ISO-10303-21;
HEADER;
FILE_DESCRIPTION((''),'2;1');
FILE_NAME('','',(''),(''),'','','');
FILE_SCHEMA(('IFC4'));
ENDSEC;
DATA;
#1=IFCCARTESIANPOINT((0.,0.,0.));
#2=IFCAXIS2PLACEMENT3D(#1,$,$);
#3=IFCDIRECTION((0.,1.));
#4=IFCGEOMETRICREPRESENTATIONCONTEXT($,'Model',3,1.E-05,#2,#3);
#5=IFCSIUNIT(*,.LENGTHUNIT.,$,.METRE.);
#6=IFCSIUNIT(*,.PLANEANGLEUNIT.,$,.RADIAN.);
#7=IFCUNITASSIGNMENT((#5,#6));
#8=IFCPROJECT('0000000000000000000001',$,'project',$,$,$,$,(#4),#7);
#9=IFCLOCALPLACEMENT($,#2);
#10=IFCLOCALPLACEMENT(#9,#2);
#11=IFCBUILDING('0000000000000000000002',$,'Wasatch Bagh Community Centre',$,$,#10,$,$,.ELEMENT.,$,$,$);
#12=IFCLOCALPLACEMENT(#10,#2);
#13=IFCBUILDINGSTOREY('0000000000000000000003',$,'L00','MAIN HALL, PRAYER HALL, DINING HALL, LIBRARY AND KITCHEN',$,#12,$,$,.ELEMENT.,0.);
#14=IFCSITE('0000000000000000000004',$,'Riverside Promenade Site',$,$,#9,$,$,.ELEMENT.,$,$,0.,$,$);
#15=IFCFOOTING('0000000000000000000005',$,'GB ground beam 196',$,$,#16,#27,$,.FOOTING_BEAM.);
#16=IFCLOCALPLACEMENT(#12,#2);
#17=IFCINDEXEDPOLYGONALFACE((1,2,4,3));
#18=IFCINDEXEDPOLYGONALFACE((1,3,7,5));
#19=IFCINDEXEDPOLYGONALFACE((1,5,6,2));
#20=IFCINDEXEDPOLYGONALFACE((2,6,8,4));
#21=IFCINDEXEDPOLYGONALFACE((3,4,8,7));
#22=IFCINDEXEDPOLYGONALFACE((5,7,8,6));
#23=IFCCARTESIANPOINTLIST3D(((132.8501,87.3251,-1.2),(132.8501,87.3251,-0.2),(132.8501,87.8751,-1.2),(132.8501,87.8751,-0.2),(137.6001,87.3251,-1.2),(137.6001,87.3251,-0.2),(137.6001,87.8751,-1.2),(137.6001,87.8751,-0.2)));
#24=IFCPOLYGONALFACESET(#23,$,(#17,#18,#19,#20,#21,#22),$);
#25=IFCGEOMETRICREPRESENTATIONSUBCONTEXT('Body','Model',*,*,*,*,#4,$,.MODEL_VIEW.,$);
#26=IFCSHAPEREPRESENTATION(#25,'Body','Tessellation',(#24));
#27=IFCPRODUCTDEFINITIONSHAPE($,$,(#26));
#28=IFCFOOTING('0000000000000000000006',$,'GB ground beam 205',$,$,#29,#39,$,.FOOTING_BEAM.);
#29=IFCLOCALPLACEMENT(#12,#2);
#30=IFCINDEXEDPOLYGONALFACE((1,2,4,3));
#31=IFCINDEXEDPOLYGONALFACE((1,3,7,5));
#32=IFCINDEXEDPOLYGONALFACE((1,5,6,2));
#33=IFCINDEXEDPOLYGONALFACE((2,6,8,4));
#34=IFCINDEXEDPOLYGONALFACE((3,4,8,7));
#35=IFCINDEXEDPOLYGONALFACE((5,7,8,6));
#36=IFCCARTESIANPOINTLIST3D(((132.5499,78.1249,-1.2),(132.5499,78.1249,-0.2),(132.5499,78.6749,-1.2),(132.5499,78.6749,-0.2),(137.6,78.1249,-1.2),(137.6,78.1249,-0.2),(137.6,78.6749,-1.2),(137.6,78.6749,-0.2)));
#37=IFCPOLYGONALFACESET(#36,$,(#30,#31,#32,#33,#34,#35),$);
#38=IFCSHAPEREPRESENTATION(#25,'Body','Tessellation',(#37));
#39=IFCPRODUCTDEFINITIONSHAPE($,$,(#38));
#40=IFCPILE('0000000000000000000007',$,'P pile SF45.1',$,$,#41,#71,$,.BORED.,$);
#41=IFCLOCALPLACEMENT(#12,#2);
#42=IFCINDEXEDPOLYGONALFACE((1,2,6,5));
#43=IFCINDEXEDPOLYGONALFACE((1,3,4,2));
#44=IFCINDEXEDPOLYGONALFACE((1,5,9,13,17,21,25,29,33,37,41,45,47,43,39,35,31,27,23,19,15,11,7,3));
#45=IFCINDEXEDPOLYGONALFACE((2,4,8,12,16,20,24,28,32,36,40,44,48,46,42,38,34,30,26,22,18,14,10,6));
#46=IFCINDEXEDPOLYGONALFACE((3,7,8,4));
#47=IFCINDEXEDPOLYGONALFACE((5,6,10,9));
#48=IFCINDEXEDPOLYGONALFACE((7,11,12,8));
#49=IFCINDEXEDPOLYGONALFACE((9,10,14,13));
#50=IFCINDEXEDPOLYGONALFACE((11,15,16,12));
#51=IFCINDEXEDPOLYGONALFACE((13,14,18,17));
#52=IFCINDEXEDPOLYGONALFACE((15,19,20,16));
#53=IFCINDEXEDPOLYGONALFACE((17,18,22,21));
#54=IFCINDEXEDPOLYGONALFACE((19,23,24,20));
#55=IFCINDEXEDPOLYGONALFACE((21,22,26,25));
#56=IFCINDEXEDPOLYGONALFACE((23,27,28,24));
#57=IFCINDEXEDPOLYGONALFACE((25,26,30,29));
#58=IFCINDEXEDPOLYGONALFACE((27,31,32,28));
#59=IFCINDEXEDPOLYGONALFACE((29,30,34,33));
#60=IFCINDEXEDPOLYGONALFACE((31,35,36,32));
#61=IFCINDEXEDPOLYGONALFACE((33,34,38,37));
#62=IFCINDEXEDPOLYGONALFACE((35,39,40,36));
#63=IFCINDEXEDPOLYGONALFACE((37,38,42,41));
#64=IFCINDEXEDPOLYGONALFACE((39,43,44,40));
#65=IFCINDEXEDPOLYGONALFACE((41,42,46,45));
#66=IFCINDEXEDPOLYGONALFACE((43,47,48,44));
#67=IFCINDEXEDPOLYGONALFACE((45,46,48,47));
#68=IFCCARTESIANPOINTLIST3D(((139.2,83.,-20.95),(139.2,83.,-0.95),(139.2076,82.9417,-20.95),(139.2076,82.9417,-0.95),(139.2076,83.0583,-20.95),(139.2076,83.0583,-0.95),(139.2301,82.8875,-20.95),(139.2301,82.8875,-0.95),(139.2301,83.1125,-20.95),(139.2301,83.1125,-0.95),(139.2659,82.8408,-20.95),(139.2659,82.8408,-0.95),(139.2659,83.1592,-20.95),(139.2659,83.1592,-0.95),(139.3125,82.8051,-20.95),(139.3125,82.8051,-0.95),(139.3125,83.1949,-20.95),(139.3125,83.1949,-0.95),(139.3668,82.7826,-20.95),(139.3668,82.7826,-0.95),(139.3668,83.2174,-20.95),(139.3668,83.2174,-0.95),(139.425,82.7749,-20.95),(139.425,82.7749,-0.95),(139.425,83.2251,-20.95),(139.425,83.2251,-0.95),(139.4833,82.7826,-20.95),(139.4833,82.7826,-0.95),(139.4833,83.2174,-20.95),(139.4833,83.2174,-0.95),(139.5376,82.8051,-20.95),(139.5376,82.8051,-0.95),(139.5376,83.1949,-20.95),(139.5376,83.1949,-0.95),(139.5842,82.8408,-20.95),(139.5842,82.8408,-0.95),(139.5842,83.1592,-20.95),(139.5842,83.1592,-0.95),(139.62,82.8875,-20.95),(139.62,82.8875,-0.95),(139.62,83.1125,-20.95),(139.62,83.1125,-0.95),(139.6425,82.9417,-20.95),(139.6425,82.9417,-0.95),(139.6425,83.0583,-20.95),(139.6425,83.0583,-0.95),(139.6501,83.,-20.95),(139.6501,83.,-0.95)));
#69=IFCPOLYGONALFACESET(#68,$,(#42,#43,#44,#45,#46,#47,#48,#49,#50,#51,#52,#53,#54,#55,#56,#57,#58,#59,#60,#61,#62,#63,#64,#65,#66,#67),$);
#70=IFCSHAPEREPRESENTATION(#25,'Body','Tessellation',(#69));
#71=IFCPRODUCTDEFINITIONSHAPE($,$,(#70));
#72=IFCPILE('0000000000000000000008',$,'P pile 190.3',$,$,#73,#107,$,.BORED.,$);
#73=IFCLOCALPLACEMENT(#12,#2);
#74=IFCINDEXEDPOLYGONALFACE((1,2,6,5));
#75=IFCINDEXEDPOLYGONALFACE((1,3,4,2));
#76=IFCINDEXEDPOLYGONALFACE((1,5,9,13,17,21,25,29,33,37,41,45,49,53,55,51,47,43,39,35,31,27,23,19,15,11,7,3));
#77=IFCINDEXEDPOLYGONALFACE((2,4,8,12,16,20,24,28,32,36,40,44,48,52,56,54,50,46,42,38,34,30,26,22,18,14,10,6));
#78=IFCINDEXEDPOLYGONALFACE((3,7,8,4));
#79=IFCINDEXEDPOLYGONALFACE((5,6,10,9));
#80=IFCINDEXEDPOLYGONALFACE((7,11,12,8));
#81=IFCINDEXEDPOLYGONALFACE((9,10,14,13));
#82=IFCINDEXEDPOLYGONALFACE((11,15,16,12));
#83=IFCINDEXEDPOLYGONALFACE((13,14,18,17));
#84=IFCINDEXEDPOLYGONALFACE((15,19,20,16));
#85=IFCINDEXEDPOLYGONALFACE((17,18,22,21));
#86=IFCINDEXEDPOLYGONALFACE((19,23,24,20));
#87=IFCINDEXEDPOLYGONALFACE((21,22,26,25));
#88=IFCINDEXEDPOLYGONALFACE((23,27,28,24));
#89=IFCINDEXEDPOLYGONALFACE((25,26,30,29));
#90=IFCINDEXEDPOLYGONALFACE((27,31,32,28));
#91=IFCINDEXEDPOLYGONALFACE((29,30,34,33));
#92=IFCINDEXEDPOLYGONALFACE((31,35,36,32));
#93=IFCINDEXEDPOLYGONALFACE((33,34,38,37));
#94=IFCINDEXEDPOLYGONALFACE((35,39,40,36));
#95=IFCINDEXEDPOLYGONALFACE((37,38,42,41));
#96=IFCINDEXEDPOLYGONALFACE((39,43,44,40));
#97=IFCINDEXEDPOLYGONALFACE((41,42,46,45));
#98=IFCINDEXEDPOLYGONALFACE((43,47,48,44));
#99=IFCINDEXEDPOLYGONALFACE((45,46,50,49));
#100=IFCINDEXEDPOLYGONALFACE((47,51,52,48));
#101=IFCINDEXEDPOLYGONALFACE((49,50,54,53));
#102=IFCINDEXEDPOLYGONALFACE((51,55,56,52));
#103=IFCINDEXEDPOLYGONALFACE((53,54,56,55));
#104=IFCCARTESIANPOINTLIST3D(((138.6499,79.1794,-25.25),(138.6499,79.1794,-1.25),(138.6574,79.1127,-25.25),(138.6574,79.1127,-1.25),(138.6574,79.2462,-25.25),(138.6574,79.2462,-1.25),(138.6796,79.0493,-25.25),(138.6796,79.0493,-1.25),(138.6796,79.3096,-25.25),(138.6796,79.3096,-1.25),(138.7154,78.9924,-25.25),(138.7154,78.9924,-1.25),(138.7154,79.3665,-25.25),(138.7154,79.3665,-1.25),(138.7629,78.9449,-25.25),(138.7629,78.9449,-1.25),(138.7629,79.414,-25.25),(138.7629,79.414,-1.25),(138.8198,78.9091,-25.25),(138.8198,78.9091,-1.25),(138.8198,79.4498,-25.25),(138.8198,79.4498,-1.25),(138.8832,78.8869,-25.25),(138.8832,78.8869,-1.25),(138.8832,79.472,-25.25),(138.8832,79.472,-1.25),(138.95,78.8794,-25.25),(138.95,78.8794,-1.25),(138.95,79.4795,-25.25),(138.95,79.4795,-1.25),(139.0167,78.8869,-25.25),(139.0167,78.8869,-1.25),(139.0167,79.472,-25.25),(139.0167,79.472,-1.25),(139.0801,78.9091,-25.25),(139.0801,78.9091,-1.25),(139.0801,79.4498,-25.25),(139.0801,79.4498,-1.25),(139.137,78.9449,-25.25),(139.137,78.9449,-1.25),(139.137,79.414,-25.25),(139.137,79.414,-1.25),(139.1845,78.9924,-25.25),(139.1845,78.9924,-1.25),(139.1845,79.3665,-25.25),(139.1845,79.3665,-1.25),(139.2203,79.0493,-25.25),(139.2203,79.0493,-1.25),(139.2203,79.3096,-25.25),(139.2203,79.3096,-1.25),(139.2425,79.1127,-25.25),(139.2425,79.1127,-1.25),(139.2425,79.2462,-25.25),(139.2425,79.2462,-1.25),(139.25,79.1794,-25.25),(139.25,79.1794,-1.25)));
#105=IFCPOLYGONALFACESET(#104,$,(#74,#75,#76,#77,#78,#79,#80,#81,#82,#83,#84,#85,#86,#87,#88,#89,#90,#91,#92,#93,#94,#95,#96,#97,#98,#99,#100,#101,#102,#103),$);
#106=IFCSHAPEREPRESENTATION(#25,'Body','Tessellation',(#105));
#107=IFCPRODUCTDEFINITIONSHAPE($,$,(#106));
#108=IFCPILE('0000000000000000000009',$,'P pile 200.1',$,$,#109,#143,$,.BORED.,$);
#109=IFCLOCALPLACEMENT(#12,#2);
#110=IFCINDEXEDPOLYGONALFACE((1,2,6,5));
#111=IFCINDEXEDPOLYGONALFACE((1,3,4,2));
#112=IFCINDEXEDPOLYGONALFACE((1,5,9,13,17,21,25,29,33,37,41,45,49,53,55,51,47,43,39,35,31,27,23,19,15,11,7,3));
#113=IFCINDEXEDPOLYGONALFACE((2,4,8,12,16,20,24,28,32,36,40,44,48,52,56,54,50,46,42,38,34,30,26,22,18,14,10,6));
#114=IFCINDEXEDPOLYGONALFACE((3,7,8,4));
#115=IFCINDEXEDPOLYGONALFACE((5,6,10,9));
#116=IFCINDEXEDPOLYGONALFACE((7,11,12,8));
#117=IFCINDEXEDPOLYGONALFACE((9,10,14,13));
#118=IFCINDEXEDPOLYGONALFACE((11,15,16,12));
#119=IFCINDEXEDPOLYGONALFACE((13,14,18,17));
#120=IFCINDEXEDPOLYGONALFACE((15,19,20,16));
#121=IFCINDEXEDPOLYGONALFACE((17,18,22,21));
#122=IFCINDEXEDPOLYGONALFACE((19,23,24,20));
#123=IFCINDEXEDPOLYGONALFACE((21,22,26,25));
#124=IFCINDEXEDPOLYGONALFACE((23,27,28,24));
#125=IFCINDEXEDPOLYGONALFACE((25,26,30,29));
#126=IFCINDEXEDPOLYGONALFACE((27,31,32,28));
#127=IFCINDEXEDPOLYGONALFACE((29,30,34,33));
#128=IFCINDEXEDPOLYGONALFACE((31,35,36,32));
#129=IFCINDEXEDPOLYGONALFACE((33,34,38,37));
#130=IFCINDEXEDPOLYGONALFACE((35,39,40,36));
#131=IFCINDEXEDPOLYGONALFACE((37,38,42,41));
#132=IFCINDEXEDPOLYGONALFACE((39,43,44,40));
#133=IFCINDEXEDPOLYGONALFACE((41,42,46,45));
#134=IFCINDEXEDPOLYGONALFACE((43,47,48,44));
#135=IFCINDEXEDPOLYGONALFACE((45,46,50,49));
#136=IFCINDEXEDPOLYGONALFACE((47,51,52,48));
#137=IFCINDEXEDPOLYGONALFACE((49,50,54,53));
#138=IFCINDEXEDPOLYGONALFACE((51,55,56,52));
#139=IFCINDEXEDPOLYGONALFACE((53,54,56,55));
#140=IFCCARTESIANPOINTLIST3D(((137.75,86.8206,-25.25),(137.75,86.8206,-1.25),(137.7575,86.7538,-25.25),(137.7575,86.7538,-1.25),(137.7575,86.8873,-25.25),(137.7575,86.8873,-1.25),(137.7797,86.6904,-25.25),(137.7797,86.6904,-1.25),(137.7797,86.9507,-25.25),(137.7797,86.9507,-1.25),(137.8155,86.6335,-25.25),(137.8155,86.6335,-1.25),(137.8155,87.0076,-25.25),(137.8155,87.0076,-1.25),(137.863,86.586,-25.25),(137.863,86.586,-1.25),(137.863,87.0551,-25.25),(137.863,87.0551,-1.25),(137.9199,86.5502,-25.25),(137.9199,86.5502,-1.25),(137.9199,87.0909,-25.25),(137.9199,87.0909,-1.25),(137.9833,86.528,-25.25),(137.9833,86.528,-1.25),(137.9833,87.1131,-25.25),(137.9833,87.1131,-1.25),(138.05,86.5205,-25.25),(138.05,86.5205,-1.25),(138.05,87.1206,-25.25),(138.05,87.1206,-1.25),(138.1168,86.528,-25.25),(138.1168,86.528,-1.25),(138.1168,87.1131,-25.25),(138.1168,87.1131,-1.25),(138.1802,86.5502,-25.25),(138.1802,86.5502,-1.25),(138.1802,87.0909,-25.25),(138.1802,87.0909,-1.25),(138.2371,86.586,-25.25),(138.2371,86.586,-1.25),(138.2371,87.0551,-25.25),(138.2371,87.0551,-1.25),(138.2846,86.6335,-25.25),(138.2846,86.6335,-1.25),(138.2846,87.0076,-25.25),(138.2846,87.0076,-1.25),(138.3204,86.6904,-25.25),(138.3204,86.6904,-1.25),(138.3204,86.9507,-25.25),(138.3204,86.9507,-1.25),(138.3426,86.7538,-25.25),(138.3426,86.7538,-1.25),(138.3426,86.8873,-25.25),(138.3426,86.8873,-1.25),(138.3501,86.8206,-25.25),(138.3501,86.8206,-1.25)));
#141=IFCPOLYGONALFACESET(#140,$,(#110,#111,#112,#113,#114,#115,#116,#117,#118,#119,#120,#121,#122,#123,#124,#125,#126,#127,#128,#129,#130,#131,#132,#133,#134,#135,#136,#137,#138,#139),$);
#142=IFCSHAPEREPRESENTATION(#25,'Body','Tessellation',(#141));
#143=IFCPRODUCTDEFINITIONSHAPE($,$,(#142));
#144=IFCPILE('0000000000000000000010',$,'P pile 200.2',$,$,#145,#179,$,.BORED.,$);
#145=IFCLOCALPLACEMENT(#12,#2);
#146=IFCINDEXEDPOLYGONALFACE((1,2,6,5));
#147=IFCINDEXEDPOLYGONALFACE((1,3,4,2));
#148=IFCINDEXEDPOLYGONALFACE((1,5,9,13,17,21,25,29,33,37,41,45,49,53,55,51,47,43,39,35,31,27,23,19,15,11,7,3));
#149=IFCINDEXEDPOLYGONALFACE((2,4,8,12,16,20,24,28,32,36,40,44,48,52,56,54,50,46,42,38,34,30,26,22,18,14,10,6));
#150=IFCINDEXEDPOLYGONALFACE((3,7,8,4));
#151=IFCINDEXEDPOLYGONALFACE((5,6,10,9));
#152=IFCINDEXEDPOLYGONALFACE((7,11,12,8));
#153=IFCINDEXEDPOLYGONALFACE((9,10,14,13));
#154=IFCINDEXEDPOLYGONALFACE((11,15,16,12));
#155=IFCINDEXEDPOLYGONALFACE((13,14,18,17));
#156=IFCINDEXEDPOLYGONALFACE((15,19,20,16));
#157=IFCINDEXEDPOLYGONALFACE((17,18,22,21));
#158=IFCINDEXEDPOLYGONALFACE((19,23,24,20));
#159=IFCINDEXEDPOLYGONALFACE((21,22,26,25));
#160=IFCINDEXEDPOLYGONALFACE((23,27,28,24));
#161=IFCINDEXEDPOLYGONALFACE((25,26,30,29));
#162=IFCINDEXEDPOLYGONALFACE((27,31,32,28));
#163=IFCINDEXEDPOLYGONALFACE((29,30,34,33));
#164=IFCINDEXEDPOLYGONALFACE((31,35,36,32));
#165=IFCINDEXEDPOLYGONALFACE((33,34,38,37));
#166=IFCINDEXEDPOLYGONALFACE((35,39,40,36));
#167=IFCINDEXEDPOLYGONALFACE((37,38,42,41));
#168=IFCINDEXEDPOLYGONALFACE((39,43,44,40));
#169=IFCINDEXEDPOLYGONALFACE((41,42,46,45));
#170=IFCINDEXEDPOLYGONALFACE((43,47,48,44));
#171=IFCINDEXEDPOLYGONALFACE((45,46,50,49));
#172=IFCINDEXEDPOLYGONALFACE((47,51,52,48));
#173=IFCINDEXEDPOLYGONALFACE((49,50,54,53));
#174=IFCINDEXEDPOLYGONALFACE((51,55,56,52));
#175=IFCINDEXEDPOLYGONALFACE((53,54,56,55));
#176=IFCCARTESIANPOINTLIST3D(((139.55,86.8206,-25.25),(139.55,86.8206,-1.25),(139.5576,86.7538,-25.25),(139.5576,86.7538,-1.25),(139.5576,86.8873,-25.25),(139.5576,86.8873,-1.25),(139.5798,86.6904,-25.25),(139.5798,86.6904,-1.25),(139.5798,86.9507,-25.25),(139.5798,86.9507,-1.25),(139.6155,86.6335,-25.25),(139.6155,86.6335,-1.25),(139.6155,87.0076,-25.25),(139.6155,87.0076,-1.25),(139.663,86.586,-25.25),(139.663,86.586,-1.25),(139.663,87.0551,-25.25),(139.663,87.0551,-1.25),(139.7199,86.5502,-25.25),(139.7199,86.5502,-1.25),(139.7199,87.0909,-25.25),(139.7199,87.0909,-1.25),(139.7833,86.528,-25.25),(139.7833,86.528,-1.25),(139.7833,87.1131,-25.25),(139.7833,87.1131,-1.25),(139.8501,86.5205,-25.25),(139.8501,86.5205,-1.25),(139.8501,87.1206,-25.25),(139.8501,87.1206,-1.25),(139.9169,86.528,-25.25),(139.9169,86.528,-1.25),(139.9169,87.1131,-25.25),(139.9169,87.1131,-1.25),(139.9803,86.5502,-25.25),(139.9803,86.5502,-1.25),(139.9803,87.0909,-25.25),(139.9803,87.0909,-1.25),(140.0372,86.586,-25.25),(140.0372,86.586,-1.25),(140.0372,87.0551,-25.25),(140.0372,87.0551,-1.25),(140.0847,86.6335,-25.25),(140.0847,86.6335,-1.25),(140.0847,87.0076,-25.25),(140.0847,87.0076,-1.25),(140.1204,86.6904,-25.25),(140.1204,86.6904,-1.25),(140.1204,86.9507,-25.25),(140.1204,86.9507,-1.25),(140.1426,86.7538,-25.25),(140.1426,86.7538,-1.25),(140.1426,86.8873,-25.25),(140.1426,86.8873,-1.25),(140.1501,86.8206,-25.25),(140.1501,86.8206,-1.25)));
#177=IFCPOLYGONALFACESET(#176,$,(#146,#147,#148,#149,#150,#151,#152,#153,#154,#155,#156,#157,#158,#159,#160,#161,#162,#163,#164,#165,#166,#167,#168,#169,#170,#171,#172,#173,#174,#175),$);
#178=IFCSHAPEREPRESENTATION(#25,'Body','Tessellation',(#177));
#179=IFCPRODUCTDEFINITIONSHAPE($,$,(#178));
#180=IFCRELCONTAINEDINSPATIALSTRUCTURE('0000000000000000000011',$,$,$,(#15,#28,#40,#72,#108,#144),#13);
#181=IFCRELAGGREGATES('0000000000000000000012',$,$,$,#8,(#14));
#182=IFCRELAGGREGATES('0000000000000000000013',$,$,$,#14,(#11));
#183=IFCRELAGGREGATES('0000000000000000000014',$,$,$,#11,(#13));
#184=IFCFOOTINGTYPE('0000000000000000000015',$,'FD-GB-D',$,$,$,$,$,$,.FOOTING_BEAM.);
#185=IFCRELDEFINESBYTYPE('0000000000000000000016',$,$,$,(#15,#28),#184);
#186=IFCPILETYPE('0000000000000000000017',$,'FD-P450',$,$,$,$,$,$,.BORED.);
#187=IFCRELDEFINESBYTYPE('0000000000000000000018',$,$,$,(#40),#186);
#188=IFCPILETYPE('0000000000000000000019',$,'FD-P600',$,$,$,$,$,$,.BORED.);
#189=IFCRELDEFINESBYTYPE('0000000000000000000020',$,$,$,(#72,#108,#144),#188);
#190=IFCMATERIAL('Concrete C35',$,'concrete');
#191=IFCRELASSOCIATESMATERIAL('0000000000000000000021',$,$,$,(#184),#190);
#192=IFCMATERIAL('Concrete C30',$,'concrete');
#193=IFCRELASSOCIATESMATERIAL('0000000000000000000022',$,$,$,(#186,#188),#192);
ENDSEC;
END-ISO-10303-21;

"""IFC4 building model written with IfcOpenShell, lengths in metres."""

from ifc_helpers import new_model, si_unit, direction, frame, origin, origin_2d, place, context, subcontext, project, spatial, rectangle, circle, extrude, material, material_profile, profile_set, type_object, element, save


model = new_model("IFC4")

# Units and contexts
model_context = context("Model", 3, precision=1e-05, world=origin(), true_north=direction((0.0, 1.0)))
body_context = subcontext(model_context, "Body", "Model", "MODEL_VIEW")
ifc_project = project(units=[si_unit("LENGTHUNIT", "METRE"), si_unit("PLANEANGLEUNIT", "RADIAN")], contexts=[model_context])

# Site, building, storey
site_placement = place(None, origin())
site = spatial("IfcSite", under=ifc_project, at=site_placement, Name="Riverside Promenade Site", CompositionType="ELEMENT", RefElevation=0.0)
building_placement = place(site_placement, origin())
building = spatial("IfcBuilding", under=site, at=building_placement, Name="Wasatch Bagh Community Centre", CompositionType="ELEMENT")
storey_placement = place(building_placement, origin())
storey = spatial("IfcBuildingStorey", under=building, at=storey_placement, Name="L00", Description="MAIN HALL, PRAYER HALL, DINING HALL, LIBRARY AND KITCHEN", CompositionType="ELEMENT", Elevation=0.0)

# Footings
ifc_material_1 = material(Name="Concrete C35", Category="concrete")
footing_type_1 = type_object("IfcFootingType", Name="FD-GB-D", PredefinedType="FOOTING_BEAM", material=ifc_material_1)
footing_1_placement = place(storey_placement, frame((135.2251, 87.6001, -1.2), z_axis=(0.0, 0.0, 1.0), x_axis=(1.0, 0.0, 0.0)))
element("IfcFooting", 1, at=footing_1_placement, inside=storey, type_object=footing_type_1, Name="GB ground beam 196", PredefinedType="FOOTING_BEAM", context=body_context, shape_type="SweptSolid", body=[
    extrude(rectangle(XDim=4.75, YDim=0.55, at=origin_2d()), origin(), (0.0, 0.0, 1.0), 1.0),
])
footing_2_placement = place(storey_placement, frame((135.075, 78.3999, -1.2), z_axis=(0.0, 0.0, 1.0), x_axis=(1.0, 0.0, 0.0)))
element("IfcFooting", 2, at=footing_2_placement, inside=storey, type_object=footing_type_1, Name="GB ground beam 205", PredefinedType="FOOTING_BEAM", context=body_context, shape_type="SweptSolid", body=[
    extrude(rectangle(XDim=5.05, YDim=0.55, at=origin_2d()), origin(), (0.0, 0.0, 1.0), 1.0),
])

# Piles
ifc_material_2 = material(Name="Concrete C30", Category="concrete")
ifc_material_profile_1 = material_profile(ifc_material_2, circle(Radius=0.2251, at=origin_2d()), Name="RC D450")
ifc_profile_set_1 = profile_set([ifc_material_profile_1], Name="Concrete C30")
pile_type_1 = type_object("IfcPileType", Name="FD-P450", PredefinedType="BORED", material=ifc_profile_set_1)
pile_placement = place(storey_placement, frame((139.425, 83.0, -0.95), z_axis=(0.0, 0.0, -1.0), x_axis=(1.0, 0.0, 0.0)))
element("IfcPile", 3, at=pile_placement, inside=storey, type_object=pile_type_1, Name="P pile SF45.1", PredefinedType="BORED", context=body_context, shape_type="SweptSolid", body=[
    extrude(circle(Radius=0.2251, at=origin_2d()), origin(), (0.0, 0.0, 1.0), 20.0),
])
ifc_material_profile_2 = material_profile(ifc_material_2, circle(Radius=0.3, at=origin_2d()), Name="RC D600")
ifc_profile_set_2 = profile_set([ifc_material_profile_2], Name="Concrete C30")
pile_type_2 = type_object("IfcPileType", Name="FD-P600", PredefinedType="BORED", material=ifc_profile_set_2)
for number, where, z_axis, x_axis, name in (
    (4, (138.95, 79.1794, -1.25), (0.0, 0.0, -1.0), (1.0, 0.0, 0.0), "P pile 190.3"),
    (5, (138.05, 86.8206, -1.25), (0.0, 0.0, -1.0), (1.0, 0.0, 0.0), "P pile 200.1"),
    (6, (139.8501, 86.8206, -1.25), (0.0, 0.0, -1.0), (1.0, 0.0, 0.0), "P pile 200.2"),
):
    element("IfcPile", number, at=place(storey_placement, frame(where, z_axis=z_axis, x_axis=x_axis)), inside=storey, type_object=pile_type_2, Name=name, PredefinedType="BORED", context=body_context, shape_type="SweptSolid", body=[
        extrude(circle(Radius=0.3, at=origin_2d()), origin(), (0.0, 0.0, 1.0), 24.0),
    ])

save(model, "model.ifc")
